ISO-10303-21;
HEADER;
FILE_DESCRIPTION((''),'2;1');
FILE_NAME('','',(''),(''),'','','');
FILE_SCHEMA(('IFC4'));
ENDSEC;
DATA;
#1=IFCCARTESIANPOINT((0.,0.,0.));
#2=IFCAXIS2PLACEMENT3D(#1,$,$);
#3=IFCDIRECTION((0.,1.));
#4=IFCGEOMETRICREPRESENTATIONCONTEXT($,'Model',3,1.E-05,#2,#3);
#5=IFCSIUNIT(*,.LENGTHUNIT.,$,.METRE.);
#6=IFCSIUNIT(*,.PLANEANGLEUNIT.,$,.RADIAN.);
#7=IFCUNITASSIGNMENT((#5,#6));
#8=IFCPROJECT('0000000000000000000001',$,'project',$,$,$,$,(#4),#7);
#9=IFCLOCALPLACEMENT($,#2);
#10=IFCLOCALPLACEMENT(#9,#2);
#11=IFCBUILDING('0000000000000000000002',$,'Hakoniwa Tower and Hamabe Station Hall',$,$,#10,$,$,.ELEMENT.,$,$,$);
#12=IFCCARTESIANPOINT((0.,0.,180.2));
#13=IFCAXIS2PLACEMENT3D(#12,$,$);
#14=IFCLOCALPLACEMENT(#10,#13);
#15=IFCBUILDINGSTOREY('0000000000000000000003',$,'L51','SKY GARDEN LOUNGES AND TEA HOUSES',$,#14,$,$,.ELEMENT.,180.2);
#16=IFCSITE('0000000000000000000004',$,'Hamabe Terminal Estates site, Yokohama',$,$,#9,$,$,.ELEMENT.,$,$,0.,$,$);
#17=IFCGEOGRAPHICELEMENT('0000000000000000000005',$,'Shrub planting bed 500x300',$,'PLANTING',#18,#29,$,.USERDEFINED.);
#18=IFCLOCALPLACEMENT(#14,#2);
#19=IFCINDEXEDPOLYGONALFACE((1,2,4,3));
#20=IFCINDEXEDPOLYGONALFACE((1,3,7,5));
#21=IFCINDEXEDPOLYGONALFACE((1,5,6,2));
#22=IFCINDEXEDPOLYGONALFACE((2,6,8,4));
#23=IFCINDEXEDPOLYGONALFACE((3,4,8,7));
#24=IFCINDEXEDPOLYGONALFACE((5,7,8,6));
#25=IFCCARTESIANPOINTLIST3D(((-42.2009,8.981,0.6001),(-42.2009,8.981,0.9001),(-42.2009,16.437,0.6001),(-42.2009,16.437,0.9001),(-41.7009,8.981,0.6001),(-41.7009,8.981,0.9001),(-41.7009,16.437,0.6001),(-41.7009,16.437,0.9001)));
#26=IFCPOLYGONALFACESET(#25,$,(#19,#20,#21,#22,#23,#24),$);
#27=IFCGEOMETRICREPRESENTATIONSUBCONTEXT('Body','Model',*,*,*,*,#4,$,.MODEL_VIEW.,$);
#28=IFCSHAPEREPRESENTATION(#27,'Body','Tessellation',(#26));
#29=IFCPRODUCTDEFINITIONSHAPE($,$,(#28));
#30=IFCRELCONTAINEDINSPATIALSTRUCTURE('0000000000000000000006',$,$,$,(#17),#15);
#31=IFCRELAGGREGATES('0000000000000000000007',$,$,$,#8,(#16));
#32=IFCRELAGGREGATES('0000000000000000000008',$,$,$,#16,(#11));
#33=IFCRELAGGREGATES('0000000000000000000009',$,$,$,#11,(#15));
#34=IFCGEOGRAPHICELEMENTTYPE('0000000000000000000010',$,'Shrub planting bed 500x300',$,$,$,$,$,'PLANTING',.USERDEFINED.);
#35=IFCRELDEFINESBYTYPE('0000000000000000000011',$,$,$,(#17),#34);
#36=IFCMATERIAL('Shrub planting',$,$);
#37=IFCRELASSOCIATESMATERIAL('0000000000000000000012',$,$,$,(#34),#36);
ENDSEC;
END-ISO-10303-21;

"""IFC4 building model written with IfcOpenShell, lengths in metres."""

from ifc_helpers import new_model, si_unit, direction, frame, origin, origin_2d, place, context, subcontext, project, spatial, rectangle, extrude, material, type_object, element, save


model = new_model("IFC4")

# Units and contexts
model_context = context("Model", 3, precision=1e-05, world=origin(), true_north=direction((0.0, 1.0)))
body_context = subcontext(model_context, "Body", "Model", "MODEL_VIEW")
ifc_project = project(units=[si_unit("LENGTHUNIT", "METRE"), si_unit("PLANEANGLEUNIT", "RADIAN")], contexts=[model_context])

# Site, building, storey
site_placement = place(None, origin())
site = spatial("IfcSite", under=ifc_project, at=site_placement, Name="Hamabe Terminal Estates site, Yokohama", CompositionType="ELEMENT", RefElevation=0.0)
building_placement = place(site_placement, origin())
building = spatial("IfcBuilding", under=site, at=building_placement, Name="Hakoniwa Tower and Hamabe Station Hall", CompositionType="ELEMENT")
storey_placement = place(building_placement, frame((0.0, 0.0, 180.2)))
storey = spatial("IfcBuildingStorey", under=building, at=storey_placement, Name="L51", Description="SKY GARDEN LOUNGES AND TEA HOUSES", CompositionType="ELEMENT", Elevation=180.2)

# Geographic element
ifc_material_1 = material(Name="Shrub planting")
geographic_element_type = type_object("IfcGeographicElementType", Name="Shrub planting bed 500x300", ElementType="PLANTING", PredefinedType="USERDEFINED", material=ifc_material_1)
geographic_element_placement = place(storey_placement, frame((-41.9509, 12.709, 0.6001), z_axis=(0.0, 0.0, 1.0), x_axis=(0.0, -1.0, 0.0)))
element("IfcGeographicElement", 1, at=geographic_element_placement, inside=storey, type_object=geographic_element_type, Name="Shrub planting bed 500x300", ObjectType="PLANTING", PredefinedType="USERDEFINED", context=body_context, shape_type="SweptSolid", body=[
    extrude(rectangle(XDim=7.4561, YDim=0.5, at=origin_2d()), origin(), (0.0, 0.0, 1.0), 0.3),
])

save(model, "model.ifc")
